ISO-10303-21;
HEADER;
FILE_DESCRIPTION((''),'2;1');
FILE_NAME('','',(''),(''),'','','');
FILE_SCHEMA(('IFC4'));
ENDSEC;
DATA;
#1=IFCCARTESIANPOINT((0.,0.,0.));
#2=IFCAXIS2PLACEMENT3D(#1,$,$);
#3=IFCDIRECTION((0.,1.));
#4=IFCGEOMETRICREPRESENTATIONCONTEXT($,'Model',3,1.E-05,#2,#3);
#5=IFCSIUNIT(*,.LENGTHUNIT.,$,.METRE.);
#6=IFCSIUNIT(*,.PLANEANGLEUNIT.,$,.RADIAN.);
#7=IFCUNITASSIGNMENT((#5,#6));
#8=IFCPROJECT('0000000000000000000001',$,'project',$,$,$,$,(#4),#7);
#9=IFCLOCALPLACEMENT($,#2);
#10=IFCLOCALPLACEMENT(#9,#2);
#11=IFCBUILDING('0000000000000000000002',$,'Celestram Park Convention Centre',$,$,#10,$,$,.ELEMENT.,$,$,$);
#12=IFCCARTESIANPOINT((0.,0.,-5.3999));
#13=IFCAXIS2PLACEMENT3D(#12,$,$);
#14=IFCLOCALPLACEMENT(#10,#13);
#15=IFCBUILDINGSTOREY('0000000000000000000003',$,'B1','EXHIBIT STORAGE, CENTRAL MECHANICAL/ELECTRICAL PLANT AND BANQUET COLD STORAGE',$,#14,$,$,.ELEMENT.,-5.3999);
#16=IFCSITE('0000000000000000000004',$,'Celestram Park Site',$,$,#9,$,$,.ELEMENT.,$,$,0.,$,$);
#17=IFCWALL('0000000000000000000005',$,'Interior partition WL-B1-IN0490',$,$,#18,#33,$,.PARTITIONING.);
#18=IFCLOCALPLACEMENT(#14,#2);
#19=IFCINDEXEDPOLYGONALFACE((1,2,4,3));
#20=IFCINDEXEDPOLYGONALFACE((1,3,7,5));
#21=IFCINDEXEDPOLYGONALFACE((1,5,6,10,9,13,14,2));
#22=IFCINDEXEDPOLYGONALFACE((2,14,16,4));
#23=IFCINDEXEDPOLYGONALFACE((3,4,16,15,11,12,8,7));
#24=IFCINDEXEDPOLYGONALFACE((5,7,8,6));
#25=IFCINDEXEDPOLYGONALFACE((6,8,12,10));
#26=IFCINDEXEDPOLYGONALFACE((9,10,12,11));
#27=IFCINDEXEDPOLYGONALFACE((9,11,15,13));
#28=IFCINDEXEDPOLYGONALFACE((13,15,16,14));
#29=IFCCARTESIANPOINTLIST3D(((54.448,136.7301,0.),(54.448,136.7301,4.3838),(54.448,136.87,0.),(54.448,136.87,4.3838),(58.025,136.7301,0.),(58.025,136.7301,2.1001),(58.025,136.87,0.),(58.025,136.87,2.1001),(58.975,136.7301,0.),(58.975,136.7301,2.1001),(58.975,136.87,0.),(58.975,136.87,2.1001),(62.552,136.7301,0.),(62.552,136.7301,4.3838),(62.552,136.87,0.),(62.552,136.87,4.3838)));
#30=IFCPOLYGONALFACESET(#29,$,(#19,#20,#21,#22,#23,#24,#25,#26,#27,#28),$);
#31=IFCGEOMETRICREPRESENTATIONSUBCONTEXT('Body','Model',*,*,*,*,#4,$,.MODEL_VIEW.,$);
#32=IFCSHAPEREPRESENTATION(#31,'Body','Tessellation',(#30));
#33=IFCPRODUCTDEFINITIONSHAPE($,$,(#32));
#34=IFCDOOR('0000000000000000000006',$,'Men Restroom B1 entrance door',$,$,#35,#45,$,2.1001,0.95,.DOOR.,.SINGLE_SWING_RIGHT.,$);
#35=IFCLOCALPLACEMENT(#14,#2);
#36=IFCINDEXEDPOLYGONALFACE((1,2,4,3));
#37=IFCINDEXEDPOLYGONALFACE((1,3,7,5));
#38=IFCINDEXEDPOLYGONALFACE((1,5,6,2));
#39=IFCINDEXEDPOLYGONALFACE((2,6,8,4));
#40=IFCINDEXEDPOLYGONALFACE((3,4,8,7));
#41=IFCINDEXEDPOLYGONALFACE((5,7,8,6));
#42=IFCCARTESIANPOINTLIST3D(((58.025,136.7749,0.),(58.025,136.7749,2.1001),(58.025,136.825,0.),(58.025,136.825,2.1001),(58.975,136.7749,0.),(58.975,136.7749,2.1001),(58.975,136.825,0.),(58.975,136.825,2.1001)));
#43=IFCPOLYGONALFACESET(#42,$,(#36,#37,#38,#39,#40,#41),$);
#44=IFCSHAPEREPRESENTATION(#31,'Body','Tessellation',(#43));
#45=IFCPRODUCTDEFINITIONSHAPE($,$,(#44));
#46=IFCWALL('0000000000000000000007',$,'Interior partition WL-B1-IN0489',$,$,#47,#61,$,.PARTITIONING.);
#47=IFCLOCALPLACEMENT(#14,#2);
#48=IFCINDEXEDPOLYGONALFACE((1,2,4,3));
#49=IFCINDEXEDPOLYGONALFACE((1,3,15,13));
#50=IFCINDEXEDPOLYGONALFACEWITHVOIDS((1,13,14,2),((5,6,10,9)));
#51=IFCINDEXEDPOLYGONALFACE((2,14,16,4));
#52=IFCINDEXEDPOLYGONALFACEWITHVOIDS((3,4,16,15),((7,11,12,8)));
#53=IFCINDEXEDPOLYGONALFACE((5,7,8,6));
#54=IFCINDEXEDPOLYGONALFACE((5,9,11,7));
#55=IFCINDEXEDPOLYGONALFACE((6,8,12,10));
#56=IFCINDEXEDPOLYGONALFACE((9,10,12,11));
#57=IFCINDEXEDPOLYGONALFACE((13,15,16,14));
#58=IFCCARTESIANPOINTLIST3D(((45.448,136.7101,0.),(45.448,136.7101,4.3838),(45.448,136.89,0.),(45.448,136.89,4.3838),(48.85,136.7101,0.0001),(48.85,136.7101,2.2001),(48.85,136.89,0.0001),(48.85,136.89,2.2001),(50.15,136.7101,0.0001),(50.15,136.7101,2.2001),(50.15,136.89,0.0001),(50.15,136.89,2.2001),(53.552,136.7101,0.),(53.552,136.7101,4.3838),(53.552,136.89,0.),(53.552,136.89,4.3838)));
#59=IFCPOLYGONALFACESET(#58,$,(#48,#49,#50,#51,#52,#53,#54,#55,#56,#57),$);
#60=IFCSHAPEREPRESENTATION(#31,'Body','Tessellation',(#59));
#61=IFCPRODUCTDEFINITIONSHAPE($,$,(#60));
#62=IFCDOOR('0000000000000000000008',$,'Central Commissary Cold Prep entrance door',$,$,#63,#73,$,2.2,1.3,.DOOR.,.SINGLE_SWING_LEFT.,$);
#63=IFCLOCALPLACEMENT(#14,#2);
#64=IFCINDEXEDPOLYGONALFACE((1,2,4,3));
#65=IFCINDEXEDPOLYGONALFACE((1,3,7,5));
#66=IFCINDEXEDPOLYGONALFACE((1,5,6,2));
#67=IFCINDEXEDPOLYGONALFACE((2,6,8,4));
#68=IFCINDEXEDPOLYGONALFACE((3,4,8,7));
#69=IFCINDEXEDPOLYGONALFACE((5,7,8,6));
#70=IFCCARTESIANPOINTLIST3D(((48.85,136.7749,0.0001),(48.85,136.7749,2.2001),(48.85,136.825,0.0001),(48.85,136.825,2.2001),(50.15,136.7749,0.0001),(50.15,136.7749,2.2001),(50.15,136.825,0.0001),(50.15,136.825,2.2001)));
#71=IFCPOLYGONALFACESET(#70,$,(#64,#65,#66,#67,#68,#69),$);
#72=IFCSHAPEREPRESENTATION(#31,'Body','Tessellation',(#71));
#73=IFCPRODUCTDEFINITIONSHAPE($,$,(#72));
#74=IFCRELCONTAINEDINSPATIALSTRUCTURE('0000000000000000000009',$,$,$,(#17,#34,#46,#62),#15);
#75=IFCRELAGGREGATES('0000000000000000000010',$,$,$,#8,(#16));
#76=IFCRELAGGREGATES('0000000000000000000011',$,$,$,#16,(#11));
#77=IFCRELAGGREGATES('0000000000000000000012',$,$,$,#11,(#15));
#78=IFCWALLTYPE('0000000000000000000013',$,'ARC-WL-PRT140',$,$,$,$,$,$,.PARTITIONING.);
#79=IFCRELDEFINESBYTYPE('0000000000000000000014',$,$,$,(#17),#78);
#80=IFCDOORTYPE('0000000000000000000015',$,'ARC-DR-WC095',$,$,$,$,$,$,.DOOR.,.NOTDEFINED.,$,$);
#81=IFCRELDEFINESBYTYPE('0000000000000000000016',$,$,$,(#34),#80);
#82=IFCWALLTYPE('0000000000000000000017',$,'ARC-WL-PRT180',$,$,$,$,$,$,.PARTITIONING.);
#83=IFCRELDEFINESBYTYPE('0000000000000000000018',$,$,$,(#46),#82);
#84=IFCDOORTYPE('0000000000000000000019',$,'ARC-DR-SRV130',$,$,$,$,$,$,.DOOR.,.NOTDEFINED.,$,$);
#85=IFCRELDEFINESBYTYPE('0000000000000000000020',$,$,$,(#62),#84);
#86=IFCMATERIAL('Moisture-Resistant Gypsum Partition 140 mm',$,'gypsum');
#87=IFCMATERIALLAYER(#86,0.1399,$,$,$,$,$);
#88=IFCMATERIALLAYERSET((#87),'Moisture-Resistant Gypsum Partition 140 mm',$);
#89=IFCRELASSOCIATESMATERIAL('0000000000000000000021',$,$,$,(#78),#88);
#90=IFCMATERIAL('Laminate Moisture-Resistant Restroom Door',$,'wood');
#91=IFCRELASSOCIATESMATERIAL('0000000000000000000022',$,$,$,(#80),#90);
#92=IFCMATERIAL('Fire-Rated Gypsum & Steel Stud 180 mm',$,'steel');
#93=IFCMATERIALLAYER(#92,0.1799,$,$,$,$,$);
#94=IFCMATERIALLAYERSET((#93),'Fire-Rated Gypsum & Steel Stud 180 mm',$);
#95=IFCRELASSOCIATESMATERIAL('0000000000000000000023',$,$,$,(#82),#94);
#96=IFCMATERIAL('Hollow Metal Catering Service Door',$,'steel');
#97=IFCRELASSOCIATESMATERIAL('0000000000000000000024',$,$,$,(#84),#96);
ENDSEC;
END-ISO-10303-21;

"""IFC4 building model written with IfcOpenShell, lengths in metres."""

from ifc_helpers import new_model, si_unit, direction, frame, frame_2d, origin, place, context, subcontext, project, spatial, rectangle, extrude, material, layer, layer_set, type_object, element, fill, save


model = new_model("IFC4")

# Units and contexts
model_context = context("Model", 3, precision=1e-05, world=origin(), true_north=direction((0.0, 1.0)))
body_context = subcontext(model_context, "Body", "Model", "MODEL_VIEW")
ifc_project = project(units=[si_unit("LENGTHUNIT", "METRE"), si_unit("PLANEANGLEUNIT", "RADIAN")], contexts=[model_context])

# Site, building, storey
site_placement = place(None, origin())
site = spatial("IfcSite", under=ifc_project, at=site_placement, Name="Celestram Park Site", CompositionType="ELEMENT", RefElevation=0.0)
building_placement = place(site_placement, origin())
building = spatial("IfcBuilding", under=site, at=building_placement, Name="Celestram Park Convention Centre", CompositionType="ELEMENT")
storey_placement = place(building_placement, frame((0.0, 0.0, -5.3999)))
storey = spatial("IfcBuildingStorey", under=building, at=storey_placement, Name="B1", Description="EXHIBIT STORAGE, CENTRAL MECHANICAL/ELECTRICAL PLANT AND BANQUET COLD STORAGE", CompositionType="ELEMENT", Elevation=-5.3999)

# Walls, openings, doors
ifc_material_1 = material(Name="Moisture-Resistant Gypsum Partition 140 mm", Category="gypsum")
ifc_layer_1 = layer(ifc_material_1, 0.1399)
ifc_layer_set_1 = layer_set([ifc_layer_1], Name="Moisture-Resistant Gypsum Partition 140 mm")
wall_type_1 = type_object("IfcWallType", Name="ARC-WL-PRT140", PredefinedType="PARTITIONING", material=ifc_layer_set_1)
wall_1_placement = place(storey_placement, frame((54.448, 136.8, 0.0), z_axis=(0.0, 0.0, 1.0), x_axis=(1.0, 0.0, 0.0)))
wall_1 = element("IfcWall", 1, at=wall_1_placement, inside=storey, type_object=wall_type_1, Name="Interior partition WL-B1-IN0490", PredefinedType="PARTITIONING", context=body_context, shape_type="SweptSolid", body=[
    extrude(rectangle(XDim=8.104, YDim=0.1399, at=frame_2d((4.052, 0.0))), origin(), (0.0, 0.0, 1.0), 4.3838),
])
opening_1_placement = place(wall_1_placement, frame((3.5769, 0.0, 0.0)))
opening_1 = element("IfcOpeningElement", 2, at=opening_1_placement, cuts=wall_1, PredefinedType="OPENING", context=body_context, shape_type="SweptSolid", body=[
    extrude(rectangle(XDim=0.95, YDim=2.1001, at=frame_2d((0.4751, 1.05))), frame((0.0, 0.0798, 0.0), z_axis=(0.0, -1.0, 0.0), x_axis=(1.0, 0.0, 0.0)), (0.0, 0.0, 1.0), 0.1599),
])
ifc_material_2 = material(Name="Laminate Moisture-Resistant Restroom Door", Category="wood")
door_type_1 = type_object("IfcDoorType", Name="ARC-DR-WC095", OperationType="NOTDEFINED", PredefinedType="DOOR", material=ifc_material_2)
door_1_placement = place(opening_1_placement, origin())
door_1 = element("IfcDoor", 3, at=door_1_placement, inside=storey, type_object=door_type_1, Name="Men Restroom B1 entrance door", OperationType="SINGLE_SWING_RIGHT", OverallHeight=2.1001, OverallWidth=0.95, PredefinedType="DOOR", context=body_context, shape_type="SweptSolid", body=[
    extrude(rectangle(XDim=0.95, YDim=2.1001, at=frame_2d((0.4751, 1.05))), frame((0.0, 0.0249, 0.0), z_axis=(0.0, -1.0, 0.0), x_axis=(1.0, 0.0, 0.0)), (0.0, 0.0, 1.0), 0.05),
])
fill(opening_1, door_1)
ifc_material_3 = material(Name="Fire-Rated Gypsum & Steel Stud 180 mm", Category="steel")
ifc_layer_2 = layer(ifc_material_3, 0.1799)
ifc_layer_set_2 = layer_set([ifc_layer_2], Name="Fire-Rated Gypsum & Steel Stud 180 mm")
wall_type_2 = type_object("IfcWallType", Name="ARC-WL-PRT180", PredefinedType="PARTITIONING", material=ifc_layer_set_2)
wall_2_placement = place(storey_placement, frame((45.448, 136.8, 0.0), z_axis=(0.0, 0.0, 1.0), x_axis=(1.0, 0.0, 0.0)))
wall_2 = element("IfcWall", 4, at=wall_2_placement, inside=storey, type_object=wall_type_2, Name="Interior partition WL-B1-IN0489", PredefinedType="PARTITIONING", context=body_context, shape_type="SweptSolid", body=[
    extrude(rectangle(XDim=8.104, YDim=0.1799, at=frame_2d((4.052, 0.0))), origin(), (0.0, 0.0, 1.0), 4.3838),
])
opening_2_placement = place(wall_2_placement, frame((3.4021, 0.0, 0.0)))
opening_2 = element("IfcOpeningElement", 5, at=opening_2_placement, cuts=wall_2, PredefinedType="OPENING", context=body_context, shape_type="SweptSolid", body=[
    extrude(rectangle(XDim=1.3, YDim=2.2, at=frame_2d((0.6499, 1.1001))), frame((0.0, 0.0999, 0.0), z_axis=(0.0, -1.0, 0.0), x_axis=(1.0, 0.0, 0.0)), (0.0, 0.0, 1.0), 0.2),
])
ifc_material_4 = material(Name="Hollow Metal Catering Service Door", Category="steel")
door_type_2 = type_object("IfcDoorType", Name="ARC-DR-SRV130", OperationType="NOTDEFINED", PredefinedType="DOOR", material=ifc_material_4)
door_2_placement = place(opening_2_placement, origin())
door_2 = element("IfcDoor", 6, at=door_2_placement, inside=storey, type_object=door_type_2, Name="Central Commissary Cold Prep entrance door", OperationType="SINGLE_SWING_LEFT", OverallHeight=2.2, OverallWidth=1.3, PredefinedType="DOOR", context=body_context, shape_type="SweptSolid", body=[
    extrude(rectangle(XDim=1.3, YDim=2.2, at=frame_2d((0.6499, 1.1001))), frame((0.0, 0.0249, 0.0), z_axis=(0.0, -1.0, 0.0), x_axis=(1.0, 0.0, 0.0)), (0.0, 0.0, 1.0), 0.05),
])
fill(opening_2, door_2)

save(model, "model.ifc")
